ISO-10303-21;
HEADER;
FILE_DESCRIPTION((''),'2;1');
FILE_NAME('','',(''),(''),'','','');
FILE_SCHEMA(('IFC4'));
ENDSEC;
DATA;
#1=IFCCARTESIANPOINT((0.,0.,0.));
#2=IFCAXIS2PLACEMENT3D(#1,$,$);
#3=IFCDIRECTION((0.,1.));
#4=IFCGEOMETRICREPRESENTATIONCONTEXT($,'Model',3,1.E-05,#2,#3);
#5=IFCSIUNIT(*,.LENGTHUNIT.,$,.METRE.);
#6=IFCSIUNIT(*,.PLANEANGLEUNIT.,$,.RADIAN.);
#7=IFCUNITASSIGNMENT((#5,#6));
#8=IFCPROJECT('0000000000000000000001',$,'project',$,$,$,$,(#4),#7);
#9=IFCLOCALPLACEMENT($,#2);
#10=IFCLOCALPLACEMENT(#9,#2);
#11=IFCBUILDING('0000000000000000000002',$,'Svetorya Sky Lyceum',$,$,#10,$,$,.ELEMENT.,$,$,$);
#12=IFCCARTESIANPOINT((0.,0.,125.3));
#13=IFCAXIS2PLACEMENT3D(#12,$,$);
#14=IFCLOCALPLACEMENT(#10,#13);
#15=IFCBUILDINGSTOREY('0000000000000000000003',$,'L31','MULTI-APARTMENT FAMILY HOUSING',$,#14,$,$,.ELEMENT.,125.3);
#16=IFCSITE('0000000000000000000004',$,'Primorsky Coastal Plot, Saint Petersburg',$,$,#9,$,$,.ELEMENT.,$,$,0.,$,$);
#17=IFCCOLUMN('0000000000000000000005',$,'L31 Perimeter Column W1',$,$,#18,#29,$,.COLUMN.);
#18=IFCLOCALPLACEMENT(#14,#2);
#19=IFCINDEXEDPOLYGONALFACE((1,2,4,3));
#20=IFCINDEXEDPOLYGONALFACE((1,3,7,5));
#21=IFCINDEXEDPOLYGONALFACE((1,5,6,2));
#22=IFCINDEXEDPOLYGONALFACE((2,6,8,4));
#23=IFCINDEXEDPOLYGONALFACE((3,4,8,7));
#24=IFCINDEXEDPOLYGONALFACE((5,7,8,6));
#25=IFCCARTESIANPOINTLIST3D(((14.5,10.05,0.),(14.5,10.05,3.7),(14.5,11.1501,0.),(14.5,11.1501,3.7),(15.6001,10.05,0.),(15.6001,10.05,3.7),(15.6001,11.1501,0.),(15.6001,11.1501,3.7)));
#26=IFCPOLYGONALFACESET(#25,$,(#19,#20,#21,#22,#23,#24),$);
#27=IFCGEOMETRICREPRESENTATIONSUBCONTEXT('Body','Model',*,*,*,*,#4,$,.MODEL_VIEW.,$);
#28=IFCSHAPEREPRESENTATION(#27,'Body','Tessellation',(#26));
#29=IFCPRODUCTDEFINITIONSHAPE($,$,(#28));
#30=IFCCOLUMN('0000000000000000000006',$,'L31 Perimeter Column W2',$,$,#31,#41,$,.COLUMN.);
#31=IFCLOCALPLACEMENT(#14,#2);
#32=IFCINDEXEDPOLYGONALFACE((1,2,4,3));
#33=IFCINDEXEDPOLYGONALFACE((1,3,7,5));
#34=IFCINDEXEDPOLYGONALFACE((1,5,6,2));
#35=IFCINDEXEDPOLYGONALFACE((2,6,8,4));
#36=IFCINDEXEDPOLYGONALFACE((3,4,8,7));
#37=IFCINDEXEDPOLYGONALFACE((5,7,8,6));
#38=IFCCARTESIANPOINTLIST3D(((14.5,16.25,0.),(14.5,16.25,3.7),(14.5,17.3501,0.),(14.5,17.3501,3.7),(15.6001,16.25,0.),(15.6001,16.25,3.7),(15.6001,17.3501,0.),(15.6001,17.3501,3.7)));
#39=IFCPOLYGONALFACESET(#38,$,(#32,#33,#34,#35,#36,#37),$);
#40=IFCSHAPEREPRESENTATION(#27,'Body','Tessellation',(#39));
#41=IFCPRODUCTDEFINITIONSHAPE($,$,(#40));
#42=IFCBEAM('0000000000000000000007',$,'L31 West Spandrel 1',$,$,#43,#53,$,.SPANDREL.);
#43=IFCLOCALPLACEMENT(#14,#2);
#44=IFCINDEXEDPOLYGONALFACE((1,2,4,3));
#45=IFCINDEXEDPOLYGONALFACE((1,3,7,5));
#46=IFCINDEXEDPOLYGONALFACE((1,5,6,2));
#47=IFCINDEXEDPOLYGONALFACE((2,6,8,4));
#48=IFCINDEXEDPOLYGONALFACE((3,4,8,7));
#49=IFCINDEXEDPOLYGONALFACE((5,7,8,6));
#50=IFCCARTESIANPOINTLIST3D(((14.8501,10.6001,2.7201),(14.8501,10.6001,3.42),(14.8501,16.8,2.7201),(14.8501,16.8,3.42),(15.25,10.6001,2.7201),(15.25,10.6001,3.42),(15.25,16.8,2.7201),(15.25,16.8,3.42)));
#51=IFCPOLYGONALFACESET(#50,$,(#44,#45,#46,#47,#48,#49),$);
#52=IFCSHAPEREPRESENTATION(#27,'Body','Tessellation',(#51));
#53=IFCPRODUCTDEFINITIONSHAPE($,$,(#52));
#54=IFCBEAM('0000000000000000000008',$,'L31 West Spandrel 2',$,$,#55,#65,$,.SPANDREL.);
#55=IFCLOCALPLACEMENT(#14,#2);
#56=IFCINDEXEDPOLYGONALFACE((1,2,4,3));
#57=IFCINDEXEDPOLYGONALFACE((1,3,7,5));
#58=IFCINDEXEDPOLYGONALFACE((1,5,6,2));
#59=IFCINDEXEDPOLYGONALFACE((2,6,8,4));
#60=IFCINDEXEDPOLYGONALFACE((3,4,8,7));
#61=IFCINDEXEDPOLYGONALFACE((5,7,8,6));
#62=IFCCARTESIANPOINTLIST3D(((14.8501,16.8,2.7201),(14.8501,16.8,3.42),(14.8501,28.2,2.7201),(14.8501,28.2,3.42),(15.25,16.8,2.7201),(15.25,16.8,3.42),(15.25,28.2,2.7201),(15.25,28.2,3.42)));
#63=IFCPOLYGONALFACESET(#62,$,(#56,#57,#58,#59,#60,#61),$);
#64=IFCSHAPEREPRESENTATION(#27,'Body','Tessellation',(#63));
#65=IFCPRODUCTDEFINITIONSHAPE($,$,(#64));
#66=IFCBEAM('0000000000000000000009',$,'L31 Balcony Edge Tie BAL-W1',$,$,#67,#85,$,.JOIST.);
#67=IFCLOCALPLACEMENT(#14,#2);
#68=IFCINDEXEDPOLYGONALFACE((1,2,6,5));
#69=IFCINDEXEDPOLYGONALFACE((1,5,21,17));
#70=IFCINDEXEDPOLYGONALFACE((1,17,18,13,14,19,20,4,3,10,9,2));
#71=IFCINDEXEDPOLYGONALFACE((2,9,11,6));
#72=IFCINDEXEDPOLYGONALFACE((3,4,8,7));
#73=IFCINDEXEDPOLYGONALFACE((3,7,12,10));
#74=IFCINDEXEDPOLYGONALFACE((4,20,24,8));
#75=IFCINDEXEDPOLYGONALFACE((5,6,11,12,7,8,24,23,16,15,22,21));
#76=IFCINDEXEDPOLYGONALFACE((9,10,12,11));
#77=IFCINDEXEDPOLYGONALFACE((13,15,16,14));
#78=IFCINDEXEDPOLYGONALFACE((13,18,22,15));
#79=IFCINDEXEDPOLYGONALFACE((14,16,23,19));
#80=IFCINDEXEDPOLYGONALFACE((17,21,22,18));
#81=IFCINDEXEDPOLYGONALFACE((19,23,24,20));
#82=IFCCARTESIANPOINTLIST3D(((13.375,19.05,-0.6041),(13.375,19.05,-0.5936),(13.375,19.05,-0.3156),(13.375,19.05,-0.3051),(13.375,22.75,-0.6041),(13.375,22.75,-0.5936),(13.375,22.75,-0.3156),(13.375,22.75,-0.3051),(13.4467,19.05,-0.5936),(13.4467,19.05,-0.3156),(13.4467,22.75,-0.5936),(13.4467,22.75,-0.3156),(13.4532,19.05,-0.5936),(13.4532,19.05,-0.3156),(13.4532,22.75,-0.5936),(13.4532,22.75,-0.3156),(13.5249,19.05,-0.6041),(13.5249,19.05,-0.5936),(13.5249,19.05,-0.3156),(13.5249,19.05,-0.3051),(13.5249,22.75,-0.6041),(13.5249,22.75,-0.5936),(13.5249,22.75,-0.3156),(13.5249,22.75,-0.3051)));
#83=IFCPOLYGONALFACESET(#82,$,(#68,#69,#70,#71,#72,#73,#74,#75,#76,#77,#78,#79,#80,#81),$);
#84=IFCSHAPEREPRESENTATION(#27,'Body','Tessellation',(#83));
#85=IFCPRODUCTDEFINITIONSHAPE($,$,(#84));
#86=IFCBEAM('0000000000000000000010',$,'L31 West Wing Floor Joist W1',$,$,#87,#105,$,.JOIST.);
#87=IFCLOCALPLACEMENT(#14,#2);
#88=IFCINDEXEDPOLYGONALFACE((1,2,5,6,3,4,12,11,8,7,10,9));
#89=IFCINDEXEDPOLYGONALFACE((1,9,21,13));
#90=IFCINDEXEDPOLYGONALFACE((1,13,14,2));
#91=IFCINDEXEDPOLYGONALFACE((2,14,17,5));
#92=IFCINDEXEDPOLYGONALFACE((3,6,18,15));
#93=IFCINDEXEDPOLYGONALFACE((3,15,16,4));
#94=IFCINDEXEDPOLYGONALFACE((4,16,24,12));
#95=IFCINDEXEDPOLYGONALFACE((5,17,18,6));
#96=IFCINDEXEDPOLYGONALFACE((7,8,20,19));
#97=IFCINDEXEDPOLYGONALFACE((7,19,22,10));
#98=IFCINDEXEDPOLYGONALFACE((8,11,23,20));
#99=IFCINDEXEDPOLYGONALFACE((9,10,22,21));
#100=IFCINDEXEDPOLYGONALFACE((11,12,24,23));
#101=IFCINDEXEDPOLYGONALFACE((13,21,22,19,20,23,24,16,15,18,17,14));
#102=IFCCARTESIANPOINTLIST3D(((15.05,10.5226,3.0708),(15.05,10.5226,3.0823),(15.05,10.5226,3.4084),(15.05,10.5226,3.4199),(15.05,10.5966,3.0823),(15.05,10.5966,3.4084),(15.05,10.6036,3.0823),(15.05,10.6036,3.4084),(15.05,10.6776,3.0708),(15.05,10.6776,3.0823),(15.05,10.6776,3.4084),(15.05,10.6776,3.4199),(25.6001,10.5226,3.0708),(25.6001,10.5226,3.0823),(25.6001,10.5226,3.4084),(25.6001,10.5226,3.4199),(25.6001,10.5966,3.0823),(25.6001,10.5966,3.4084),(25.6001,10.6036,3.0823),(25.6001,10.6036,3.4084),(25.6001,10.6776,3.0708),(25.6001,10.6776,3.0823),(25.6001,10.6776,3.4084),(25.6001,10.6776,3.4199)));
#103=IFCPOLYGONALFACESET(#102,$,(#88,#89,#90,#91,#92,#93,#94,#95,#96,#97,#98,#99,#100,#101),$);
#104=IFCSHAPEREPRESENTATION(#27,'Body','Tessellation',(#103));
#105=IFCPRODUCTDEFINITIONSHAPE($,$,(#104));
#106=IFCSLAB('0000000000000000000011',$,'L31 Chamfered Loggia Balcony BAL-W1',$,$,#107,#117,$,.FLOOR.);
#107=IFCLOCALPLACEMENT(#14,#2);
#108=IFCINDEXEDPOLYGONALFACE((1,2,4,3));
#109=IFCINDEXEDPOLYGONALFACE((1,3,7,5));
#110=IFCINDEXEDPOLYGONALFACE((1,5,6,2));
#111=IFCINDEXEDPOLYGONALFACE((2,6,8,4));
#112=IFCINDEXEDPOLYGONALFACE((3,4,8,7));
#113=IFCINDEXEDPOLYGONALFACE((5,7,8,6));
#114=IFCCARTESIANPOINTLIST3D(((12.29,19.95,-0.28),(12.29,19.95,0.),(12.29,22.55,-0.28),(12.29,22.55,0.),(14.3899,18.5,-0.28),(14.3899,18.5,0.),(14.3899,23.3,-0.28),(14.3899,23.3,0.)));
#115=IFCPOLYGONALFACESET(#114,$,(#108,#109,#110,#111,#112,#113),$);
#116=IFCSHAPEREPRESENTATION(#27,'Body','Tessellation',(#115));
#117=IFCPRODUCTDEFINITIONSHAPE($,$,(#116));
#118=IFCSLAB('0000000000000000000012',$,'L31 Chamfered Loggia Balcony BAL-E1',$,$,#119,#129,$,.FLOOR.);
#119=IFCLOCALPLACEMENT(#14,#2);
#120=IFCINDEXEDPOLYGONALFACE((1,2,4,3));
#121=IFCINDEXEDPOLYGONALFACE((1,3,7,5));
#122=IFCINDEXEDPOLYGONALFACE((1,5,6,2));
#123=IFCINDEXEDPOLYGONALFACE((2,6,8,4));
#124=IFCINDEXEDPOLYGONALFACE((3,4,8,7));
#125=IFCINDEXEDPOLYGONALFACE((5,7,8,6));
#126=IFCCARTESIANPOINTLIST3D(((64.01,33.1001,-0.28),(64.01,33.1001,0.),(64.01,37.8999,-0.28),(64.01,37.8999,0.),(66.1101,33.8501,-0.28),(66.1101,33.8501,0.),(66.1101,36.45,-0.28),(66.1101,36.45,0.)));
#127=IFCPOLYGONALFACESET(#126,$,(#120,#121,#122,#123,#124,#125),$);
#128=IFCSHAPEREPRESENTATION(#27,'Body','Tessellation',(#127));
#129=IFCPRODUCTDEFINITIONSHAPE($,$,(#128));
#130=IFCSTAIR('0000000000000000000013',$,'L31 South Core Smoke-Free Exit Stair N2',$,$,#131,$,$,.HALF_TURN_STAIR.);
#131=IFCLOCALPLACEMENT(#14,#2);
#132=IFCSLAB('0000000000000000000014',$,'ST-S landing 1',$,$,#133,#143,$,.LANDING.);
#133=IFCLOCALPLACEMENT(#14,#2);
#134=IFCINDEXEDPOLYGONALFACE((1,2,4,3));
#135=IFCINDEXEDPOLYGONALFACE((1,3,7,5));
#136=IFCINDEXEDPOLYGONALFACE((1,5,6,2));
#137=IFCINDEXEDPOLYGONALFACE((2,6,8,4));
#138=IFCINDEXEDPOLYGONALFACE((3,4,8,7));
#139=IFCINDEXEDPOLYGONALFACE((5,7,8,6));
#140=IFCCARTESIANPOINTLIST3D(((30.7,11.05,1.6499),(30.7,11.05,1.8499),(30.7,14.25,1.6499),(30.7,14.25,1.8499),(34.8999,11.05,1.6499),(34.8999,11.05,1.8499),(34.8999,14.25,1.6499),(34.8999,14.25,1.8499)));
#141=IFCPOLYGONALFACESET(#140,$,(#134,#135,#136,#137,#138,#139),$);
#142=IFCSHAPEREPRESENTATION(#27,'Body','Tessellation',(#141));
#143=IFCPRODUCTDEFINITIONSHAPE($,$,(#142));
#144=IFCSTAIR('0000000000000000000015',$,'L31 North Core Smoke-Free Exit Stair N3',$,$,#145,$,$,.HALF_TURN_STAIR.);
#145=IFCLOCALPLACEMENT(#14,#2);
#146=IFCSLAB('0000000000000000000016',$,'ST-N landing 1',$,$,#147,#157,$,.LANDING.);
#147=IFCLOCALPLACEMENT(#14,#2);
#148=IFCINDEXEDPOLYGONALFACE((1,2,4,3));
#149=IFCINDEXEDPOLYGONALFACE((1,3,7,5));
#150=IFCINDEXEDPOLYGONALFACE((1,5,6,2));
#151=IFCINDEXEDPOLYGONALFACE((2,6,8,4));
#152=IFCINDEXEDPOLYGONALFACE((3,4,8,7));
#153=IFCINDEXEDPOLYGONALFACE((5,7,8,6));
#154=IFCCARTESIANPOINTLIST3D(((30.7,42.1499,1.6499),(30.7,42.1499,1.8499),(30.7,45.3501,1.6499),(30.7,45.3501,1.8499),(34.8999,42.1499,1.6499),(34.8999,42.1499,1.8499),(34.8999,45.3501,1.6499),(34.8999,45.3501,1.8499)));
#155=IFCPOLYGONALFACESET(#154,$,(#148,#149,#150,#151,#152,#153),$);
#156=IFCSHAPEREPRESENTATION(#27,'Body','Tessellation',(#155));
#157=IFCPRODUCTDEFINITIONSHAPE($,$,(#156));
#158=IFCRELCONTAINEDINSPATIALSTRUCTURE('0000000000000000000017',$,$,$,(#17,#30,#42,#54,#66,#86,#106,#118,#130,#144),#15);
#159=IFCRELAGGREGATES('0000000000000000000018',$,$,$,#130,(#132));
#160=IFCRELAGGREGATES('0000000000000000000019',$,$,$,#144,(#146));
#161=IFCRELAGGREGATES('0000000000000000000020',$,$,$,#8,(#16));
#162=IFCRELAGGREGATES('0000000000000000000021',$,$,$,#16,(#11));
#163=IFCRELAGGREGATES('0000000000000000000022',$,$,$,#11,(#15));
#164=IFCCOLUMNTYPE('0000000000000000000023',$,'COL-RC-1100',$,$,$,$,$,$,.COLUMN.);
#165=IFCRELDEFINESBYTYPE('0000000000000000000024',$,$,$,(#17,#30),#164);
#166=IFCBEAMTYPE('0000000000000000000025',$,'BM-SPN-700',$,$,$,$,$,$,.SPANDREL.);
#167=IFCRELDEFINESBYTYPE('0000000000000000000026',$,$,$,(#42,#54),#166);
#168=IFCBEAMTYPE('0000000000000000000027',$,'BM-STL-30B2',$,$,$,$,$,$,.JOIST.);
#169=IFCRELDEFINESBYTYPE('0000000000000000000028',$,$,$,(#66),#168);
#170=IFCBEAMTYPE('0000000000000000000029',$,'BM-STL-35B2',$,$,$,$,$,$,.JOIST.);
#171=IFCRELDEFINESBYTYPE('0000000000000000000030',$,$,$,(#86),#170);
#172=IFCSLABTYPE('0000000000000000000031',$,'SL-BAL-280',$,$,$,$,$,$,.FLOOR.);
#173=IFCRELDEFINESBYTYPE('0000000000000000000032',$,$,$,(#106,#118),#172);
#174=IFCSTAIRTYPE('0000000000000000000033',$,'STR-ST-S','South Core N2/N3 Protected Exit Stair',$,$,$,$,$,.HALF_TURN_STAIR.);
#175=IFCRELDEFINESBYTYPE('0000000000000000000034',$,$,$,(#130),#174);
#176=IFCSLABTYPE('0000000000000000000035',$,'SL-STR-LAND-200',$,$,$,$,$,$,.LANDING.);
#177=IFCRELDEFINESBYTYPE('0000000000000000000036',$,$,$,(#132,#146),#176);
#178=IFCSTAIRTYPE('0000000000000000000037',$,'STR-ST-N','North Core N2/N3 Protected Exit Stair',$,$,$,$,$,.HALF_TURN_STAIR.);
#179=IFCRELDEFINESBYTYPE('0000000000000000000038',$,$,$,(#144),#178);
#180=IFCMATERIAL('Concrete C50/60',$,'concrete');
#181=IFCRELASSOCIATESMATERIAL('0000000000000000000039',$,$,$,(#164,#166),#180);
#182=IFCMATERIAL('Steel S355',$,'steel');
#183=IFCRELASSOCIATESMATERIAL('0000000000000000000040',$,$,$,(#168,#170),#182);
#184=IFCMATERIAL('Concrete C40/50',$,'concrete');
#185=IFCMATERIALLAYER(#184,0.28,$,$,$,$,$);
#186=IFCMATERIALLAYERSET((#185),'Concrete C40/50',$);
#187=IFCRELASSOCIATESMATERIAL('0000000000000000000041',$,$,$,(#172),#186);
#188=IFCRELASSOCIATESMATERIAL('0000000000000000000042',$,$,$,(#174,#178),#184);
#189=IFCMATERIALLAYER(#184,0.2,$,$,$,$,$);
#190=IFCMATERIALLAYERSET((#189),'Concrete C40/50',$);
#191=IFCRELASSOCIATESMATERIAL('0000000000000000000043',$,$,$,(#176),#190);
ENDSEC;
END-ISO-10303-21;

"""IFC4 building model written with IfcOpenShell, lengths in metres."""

from ifc_helpers import new_model, si_unit, direction, frame, origin, origin_2d, place, context, subcontext, project, spatial, polyline, rectangle, i_section, outline, extrude, material, layer, layer_set, material_profile, profile_set, type_object, element, aggregate, save


model = new_model("IFC4")

# Units and contexts
model_context = context("Model", 3, precision=1e-05, world=origin(), true_north=direction((0.0, 1.0)))
body_context = subcontext(model_context, "Body", "Model", "MODEL_VIEW")
ifc_project = project(units=[si_unit("LENGTHUNIT", "METRE"), si_unit("PLANEANGLEUNIT", "RADIAN")], contexts=[model_context])

# Site, building, storey
site_placement = place(None, origin())
site = spatial("IfcSite", under=ifc_project, at=site_placement, Name="Primorsky Coastal Plot, Saint Petersburg", CompositionType="ELEMENT", RefElevation=0.0)
building_placement = place(site_placement, origin())
building = spatial("IfcBuilding", under=site, at=building_placement, Name="Svetorya Sky Lyceum", CompositionType="ELEMENT")
storey_placement = place(building_placement, frame((0.0, 0.0, 125.3)))
storey = spatial("IfcBuildingStorey", under=building, at=storey_placement, Name="L31", Description="MULTI-APARTMENT FAMILY HOUSING", CompositionType="ELEMENT", Elevation=125.3)

# Columns
ifc_material_1 = material(Name="Concrete C50/60", Category="concrete")
ifc_material_profile_1 = material_profile(ifc_material_1, rectangle(XDim=1.1001, YDim=1.1001, at=origin_2d()), Name="RC COL 1100x1100")
ifc_profile_set_1 = profile_set([ifc_material_profile_1], Name="Concrete C50/60")
column_type = type_object("IfcColumnType", Name="COL-RC-1100", PredefinedType="COLUMN", material=ifc_profile_set_1)
for number, where, z_axis, x_axis, name in (
    (1, (15.05, 10.6001, 0.0), (0.0, 0.0, 1.0), (1.0, 0.0, 0.0), "L31 Perimeter Column W1"),
    (2, (15.05, 16.8, 0.0), (0.0, 0.0, 1.0), (1.0, 0.0, 0.0), "L31 Perimeter Column W2"),
):
    element("IfcColumn", number, at=place(storey_placement, frame(where, z_axis=z_axis, x_axis=x_axis)), inside=storey, type_object=column_type, Name=name, PredefinedType="COLUMN", context=body_context, shape_type="SweptSolid", body=[
        extrude(rectangle(XDim=1.1001, YDim=1.1001, at=origin_2d()), origin(), (0.0, 0.0, 1.0), 3.7),
    ])

# Beams
ifc_material_profile_2 = material_profile(ifc_material_1, rectangle(XDim=0.3999, YDim=0.7, at=origin_2d()), Name="RC SPANDREL 400x700")
ifc_profile_set_2 = profile_set([ifc_material_profile_2], Name="Concrete C50/60")
beam_type_1 = type_object("IfcBeamType", Name="BM-SPN-700", PredefinedType="SPANDREL", material=ifc_profile_set_2)
beam_1_placement = place(storey_placement, frame((15.05, 10.6001, 3.0701), z_axis=(0.0, 1.0, 0.0), x_axis=(-1.0, 0.0, 0.0)))
element("IfcBeam", 3, at=beam_1_placement, inside=storey, type_object=beam_type_1, Name="L31 West Spandrel 1", PredefinedType="SPANDREL", context=body_context, shape_type="SweptSolid", body=[
    extrude(rectangle(XDim=0.3999, YDim=0.7, at=origin_2d()), origin(), (0.0, 0.0, 1.0), 6.2),
])
beam_2_placement = place(storey_placement, frame((15.05, 16.8, 3.0701), z_axis=(0.0, 1.0, 0.0), x_axis=(-1.0, 0.0, 0.0)))
element("IfcBeam", 4, at=beam_2_placement, inside=storey, type_object=beam_type_1, Name="L31 West Spandrel 2", PredefinedType="SPANDREL", context=body_context, shape_type="SweptSolid", body=[
    extrude(rectangle(XDim=0.3999, YDim=0.7, at=origin_2d()), origin(), (0.0, 0.0, 1.0), 11.3999),
])
ifc_material_2 = material(Name="Steel S355", Category="steel")
ifc_material_profile_3 = material_profile(ifc_material_2, i_section(OverallWidth=0.1499, OverallDepth=0.2991, WebThickness=0.0066, FlangeThickness=0.0105, at=origin_2d()), Name="GOST 30B2")
ifc_profile_set_3 = profile_set([ifc_material_profile_3], Name="Steel S355")
beam_type_2 = type_object("IfcBeamType", Name="BM-STL-30B2", PredefinedType="JOIST", material=ifc_profile_set_3)
beam_3_placement = place(storey_placement, frame((13.45, 19.05, -0.4546), z_axis=(0.0, 1.0, 0.0), x_axis=(-1.0, 0.0, 0.0)))
element("IfcBeam", 5, at=beam_3_placement, inside=storey, type_object=beam_type_2, Name="L31 Balcony Edge Tie BAL-W1", PredefinedType="JOIST", context=body_context, shape_type="SweptSolid", body=[
    extrude(i_section(OverallWidth=0.1499, OverallDepth=0.2991, WebThickness=0.0066, FlangeThickness=0.0105, at=origin_2d()), origin(), (0.0, 0.0, 1.0), 3.7),
])
ifc_material_profile_4 = material_profile(ifc_material_2, i_section(OverallWidth=0.155, OverallDepth=0.3491, WebThickness=0.0071, FlangeThickness=0.0115, at=origin_2d()), Name="GOST 35B2")
ifc_profile_set_4 = profile_set([ifc_material_profile_4], Name="Steel S355")
beam_type_3 = type_object("IfcBeamType", Name="BM-STL-35B2", PredefinedType="JOIST", material=ifc_profile_set_4)
beam_4_placement = place(storey_placement, frame((15.05, 10.6001, 3.2454), z_axis=(1.0, 0.0, 0.0), x_axis=(0.0, 1.0, 0.0)))
element("IfcBeam", 6, at=beam_4_placement, inside=storey, type_object=beam_type_3, Name="L31 West Wing Floor Joist W1", PredefinedType="JOIST", context=body_context, shape_type="SweptSolid", body=[
    extrude(i_section(OverallWidth=0.155, OverallDepth=0.3491, WebThickness=0.0071, FlangeThickness=0.0115, at=origin_2d()), origin(), (0.0, 0.0, 1.0), 10.55),
])

# Slabs
ifc_material_3 = material(Name="Concrete C40/50", Category="concrete")
ifc_layer_1 = layer(ifc_material_3, 0.28)
ifc_layer_set_1 = layer_set([ifc_layer_1], Name="Concrete C40/50")
slab_type_1 = type_object("IfcSlabType", Name="SL-BAL-280", PredefinedType="FLOOR", material=ifc_layer_set_1)
slab_1_placement = place(storey_placement, frame((0.0, 0.0, -0.28)))
element("IfcSlab", 7, at=slab_1_placement, inside=storey, type_object=slab_type_1, Name="L31 Chamfered Loggia Balcony BAL-W1", PredefinedType="FLOOR", context=body_context, shape_type="SweptSolid", body=[
    extrude(outline(polyline([(14.3899, 18.5), (14.3899, 23.3), (12.29, 22.55), (12.29, 19.95), (14.3899, 18.5)])), origin(), (0.0, 0.0, 1.0), 0.28),
])
slab_2_placement = place(storey_placement, frame((0.0, 0.0, -0.28)))
element("IfcSlab", 8, at=slab_2_placement, inside=storey, type_object=slab_type_1, Name="L31 Chamfered Loggia Balcony BAL-E1", PredefinedType="FLOOR", context=body_context, shape_type="SweptSolid", body=[
    extrude(outline(polyline([(64.01, 33.1001), (66.1101, 33.8501), (66.1101, 36.45), (64.01, 37.8999), (64.01, 33.1001)])), origin(), (0.0, 0.0, 1.0), 0.28),
])

# Stairs, slabs
stair_type_1 = type_object("IfcStairType", Name="STR-ST-S", Description="South Core N2/N3 Protected Exit Stair", PredefinedType="HALF_TURN_STAIR", material=ifc_material_3)
stair_1_placement = place(storey_placement, origin())
stair_1 = element("IfcStair", 9, at=stair_1_placement, inside=storey, type_object=stair_type_1, Name="L31 South Core Smoke-Free Exit Stair N2", PredefinedType="HALF_TURN_STAIR")
ifc_layer_2 = layer(ifc_material_3, 0.2)
ifc_layer_set_2 = layer_set([ifc_layer_2], Name="Concrete C40/50")
slab_type_2 = type_object("IfcSlabType", Name="SL-STR-LAND-200", PredefinedType="LANDING", material=ifc_layer_set_2)
slab_3_placement = place(storey_placement, frame((0.0, 0.0, 1.6499)))
slab_3 = element("IfcSlab", 10, at=slab_3_placement, type_object=slab_type_2, Name="ST-S landing 1", PredefinedType="LANDING", context=body_context, shape_type="SweptSolid", body=[
    extrude(outline(polyline([(30.7, 11.05), (34.8999, 11.05), (34.8999, 14.25), (30.7, 14.25), (30.7, 11.05)])), origin(), (0.0, 0.0, 1.0), 0.2),
])
aggregate(stair_1, [slab_3])
stair_type_2 = type_object("IfcStairType", Name="STR-ST-N", Description="North Core N2/N3 Protected Exit Stair", PredefinedType="HALF_TURN_STAIR", material=ifc_material_3)
stair_2_placement = place(storey_placement, origin())
stair_2 = element("IfcStair", 11, at=stair_2_placement, inside=storey, type_object=stair_type_2, Name="L31 North Core Smoke-Free Exit Stair N3", PredefinedType="HALF_TURN_STAIR")
slab_4_placement = place(storey_placement, frame((0.0, 0.0, 1.6499)))
slab_4 = element("IfcSlab", 12, at=slab_4_placement, type_object=slab_type_2, Name="ST-N landing 1", PredefinedType="LANDING", context=body_context, shape_type="SweptSolid", body=[
    extrude(outline(polyline([(30.7, 42.1499), (34.8999, 42.1499), (34.8999, 45.3501), (30.7, 45.3501), (30.7, 42.1499)])), origin(), (0.0, 0.0, 1.0), 0.2),
])
aggregate(stair_2, [slab_4])

save(model, "model.ifc")
